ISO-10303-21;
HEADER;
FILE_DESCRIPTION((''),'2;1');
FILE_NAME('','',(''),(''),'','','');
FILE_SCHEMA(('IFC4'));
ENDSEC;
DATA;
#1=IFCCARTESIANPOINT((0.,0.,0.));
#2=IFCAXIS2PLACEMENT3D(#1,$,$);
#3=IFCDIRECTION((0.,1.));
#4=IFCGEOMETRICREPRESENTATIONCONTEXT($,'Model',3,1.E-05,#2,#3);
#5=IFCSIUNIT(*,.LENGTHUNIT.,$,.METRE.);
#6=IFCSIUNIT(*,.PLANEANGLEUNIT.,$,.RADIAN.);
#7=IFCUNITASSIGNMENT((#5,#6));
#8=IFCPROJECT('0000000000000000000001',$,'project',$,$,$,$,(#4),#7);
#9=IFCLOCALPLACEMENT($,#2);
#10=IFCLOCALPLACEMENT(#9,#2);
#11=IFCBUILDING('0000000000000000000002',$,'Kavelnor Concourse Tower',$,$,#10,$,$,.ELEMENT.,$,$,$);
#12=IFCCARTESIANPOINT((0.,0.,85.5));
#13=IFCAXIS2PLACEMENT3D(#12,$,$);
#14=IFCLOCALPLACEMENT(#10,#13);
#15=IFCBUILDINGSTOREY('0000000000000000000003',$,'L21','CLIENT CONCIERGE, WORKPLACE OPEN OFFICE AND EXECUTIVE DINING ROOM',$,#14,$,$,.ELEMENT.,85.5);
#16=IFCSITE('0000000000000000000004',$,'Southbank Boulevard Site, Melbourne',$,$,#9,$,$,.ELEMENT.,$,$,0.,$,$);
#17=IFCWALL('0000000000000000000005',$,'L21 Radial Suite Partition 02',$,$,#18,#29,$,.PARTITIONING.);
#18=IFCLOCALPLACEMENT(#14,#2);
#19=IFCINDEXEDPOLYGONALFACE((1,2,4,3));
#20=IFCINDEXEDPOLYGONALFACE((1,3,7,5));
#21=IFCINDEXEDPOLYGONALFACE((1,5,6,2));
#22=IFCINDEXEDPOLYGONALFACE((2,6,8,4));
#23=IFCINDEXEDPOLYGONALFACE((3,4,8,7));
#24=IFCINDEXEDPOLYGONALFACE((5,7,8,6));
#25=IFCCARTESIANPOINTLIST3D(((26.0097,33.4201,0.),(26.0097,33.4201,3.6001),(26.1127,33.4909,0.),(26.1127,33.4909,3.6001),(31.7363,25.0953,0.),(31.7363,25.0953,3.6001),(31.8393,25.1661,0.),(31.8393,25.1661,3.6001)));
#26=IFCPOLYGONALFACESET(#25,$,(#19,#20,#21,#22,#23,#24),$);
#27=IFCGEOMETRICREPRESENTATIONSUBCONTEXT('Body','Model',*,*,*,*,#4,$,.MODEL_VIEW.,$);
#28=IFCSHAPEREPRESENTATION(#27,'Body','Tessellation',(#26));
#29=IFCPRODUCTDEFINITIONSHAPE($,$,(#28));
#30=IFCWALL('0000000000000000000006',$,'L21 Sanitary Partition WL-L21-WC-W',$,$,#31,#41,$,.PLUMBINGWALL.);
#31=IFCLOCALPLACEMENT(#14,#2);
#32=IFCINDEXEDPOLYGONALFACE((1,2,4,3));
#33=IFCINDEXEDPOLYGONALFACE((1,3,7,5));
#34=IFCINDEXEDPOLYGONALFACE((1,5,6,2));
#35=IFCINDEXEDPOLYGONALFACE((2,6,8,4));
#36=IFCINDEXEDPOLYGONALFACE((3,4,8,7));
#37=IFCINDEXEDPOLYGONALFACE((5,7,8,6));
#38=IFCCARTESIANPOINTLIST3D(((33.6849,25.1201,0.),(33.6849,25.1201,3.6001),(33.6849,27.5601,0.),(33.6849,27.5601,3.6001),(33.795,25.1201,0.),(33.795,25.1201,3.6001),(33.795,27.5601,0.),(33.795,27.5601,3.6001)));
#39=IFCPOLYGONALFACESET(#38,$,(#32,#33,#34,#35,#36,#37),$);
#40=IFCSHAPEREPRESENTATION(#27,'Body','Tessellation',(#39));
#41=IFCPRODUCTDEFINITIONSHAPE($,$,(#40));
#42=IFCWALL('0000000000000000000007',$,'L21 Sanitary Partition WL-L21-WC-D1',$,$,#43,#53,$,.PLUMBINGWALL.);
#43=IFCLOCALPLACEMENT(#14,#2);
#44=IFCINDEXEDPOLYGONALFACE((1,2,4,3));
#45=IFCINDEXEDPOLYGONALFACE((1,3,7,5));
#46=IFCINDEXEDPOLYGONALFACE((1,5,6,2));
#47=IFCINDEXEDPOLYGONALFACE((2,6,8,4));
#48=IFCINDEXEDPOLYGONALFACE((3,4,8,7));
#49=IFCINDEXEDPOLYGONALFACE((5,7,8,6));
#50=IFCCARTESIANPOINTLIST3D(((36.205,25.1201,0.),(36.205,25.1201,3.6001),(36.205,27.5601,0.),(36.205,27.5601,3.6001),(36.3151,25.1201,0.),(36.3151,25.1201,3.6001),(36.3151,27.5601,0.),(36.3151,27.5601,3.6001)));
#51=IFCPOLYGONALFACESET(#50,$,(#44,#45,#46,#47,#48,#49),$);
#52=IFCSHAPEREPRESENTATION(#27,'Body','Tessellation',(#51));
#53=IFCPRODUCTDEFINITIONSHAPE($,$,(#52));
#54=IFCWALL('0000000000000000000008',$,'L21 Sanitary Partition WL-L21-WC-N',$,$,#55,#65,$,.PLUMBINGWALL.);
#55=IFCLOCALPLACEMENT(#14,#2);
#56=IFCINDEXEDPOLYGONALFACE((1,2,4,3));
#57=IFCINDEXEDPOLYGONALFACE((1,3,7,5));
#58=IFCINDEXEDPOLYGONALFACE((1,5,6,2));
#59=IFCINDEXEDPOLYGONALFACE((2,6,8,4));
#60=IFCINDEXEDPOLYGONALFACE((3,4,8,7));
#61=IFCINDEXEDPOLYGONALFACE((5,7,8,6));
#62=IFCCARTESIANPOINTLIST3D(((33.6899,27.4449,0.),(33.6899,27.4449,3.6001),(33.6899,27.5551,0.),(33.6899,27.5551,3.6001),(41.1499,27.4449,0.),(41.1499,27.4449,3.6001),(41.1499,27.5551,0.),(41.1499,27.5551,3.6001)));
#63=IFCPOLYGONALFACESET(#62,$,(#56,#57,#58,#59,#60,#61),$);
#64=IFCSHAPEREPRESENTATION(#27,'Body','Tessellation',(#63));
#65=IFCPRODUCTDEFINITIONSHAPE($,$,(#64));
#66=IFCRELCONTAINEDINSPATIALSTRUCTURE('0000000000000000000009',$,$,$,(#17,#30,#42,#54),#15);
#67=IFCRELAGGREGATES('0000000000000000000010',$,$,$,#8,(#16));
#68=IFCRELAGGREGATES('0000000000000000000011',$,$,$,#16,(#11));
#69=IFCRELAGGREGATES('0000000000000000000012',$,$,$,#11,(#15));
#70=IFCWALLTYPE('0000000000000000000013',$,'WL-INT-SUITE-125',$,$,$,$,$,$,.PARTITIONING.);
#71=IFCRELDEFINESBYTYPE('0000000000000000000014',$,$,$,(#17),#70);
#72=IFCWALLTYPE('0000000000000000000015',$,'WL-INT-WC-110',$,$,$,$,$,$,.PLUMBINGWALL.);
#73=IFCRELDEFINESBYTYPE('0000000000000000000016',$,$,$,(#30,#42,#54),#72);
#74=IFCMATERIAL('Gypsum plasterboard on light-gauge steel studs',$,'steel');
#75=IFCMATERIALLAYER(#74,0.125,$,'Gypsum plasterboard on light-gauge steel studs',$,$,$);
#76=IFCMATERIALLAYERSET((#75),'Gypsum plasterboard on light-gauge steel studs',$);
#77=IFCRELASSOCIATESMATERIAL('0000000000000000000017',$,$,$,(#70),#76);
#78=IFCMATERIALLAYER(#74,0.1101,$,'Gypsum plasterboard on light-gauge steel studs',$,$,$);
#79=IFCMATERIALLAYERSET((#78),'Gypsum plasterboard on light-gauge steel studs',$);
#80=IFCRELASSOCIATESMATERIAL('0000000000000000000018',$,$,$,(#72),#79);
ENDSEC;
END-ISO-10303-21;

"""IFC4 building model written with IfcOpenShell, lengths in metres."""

from ifc_helpers import new_model, si_unit, direction, frame, frame_2d, origin, place, context, subcontext, project, spatial, rectangle, extrude, material, layer, layer_set, type_object, element, save


model = new_model("IFC4")

# Units and contexts
model_context = context("Model", 3, precision=1e-05, world=origin(), true_north=direction((0.0, 1.0)))
body_context = subcontext(model_context, "Body", "Model", "MODEL_VIEW")
ifc_project = project(units=[si_unit("LENGTHUNIT", "METRE"), si_unit("PLANEANGLEUNIT", "RADIAN")], contexts=[model_context])

# Site, building, storey
site_placement = place(None, origin())
site = spatial("IfcSite", under=ifc_project, at=site_placement, Name="Southbank Boulevard Site, Melbourne", CompositionType="ELEMENT", RefElevation=0.0)
building_placement = place(site_placement, origin())
building = spatial("IfcBuilding", under=site, at=building_placement, Name="Kavelnor Concourse Tower", CompositionType="ELEMENT")
storey_placement = place(building_placement, frame((0.0, 0.0, 85.5)))
storey = spatial("IfcBuildingStorey", under=building, at=storey_placement, Name="L21", Description="CLIENT CONCIERGE, WORKPLACE OPEN OFFICE AND EXECUTIVE DINING ROOM", CompositionType="ELEMENT", Elevation=85.5)

# Shared definitions
ifc_material_1 = material(Name="Gypsum plasterboard on light-gauge steel studs", Category="steel")

# Walls
ifc_layer_1 = layer(ifc_material_1, 0.125, Name="Gypsum plasterboard on light-gauge steel studs")
ifc_layer_set_1 = layer_set([ifc_layer_1], Name="Gypsum plasterboard on light-gauge steel studs")
wall_type_1 = type_object("IfcWallType", Name="WL-INT-SUITE-125", PredefinedType="PARTITIONING", material=ifc_layer_set_1)
wall_1_placement = place(storey_placement, frame((31.7878, 25.1306, 0.0), z_axis=(0.0, 0.0, 1.0), x_axis=(-0.566752, 0.823888, 0.0)))
element("IfcWall", 1, at=wall_1_placement, inside=storey, type_object=wall_type_1, Name="L21 Radial Suite Partition 02", PredefinedType="PARTITIONING", context=body_context, shape_type="SweptSolid", body=[
    extrude(rectangle(XDim=10.1042, YDim=0.125, at=frame_2d((5.0522, 0.0))), origin(), (0.0, 0.0, 1.0), 3.6001),
])
ifc_layer_2 = layer(ifc_material_1, 0.1101, Name="Gypsum plasterboard on light-gauge steel studs")
ifc_layer_set_2 = layer_set([ifc_layer_2], Name="Gypsum plasterboard on light-gauge steel studs")
wall_type_2 = type_object("IfcWallType", Name="WL-INT-WC-110", PredefinedType="PLUMBINGWALL", material=ifc_layer_set_2)
for number, where, z_axis, x_axis, name in (
    (2, (33.74, 25.1201, 0.0), (0.0, 0.0, 1.0), (0.0, 1.0, 0.0), "L21 Sanitary Partition WL-L21-WC-W"),
    (3, (36.26, 25.1201, 0.0), (0.0, 0.0, 1.0), (0.0, 1.0, 0.0), "L21 Sanitary Partition WL-L21-WC-D1"),
):
    element("IfcWall", number, at=place(storey_placement, frame(where, z_axis=z_axis, x_axis=x_axis)), inside=storey, type_object=wall_type_2, Name=name, PredefinedType="PLUMBINGWALL", context=body_context, shape_type="SweptSolid", body=[
        extrude(rectangle(XDim=2.4399, YDim=0.1101, at=frame_2d((1.22, 0.0))), origin(), (0.0, 0.0, 1.0), 3.6001),
    ])
wall_2_placement = place(storey_placement, frame((33.6899, 27.5, 0.0), z_axis=(0.0, 0.0, 1.0), x_axis=(1.0, 0.0, 0.0)))
element("IfcWall", 4, at=wall_2_placement, inside=storey, type_object=wall_type_2, Name="L21 Sanitary Partition WL-L21-WC-N", PredefinedType="PLUMBINGWALL", context=body_context, shape_type="SweptSolid", body=[
    extrude(rectangle(XDim=7.46, YDim=0.1101, at=frame_2d((3.73, 0.0))), origin(), (0.0, 0.0, 1.0), 3.6001),
])

save(model, "model.ifc")
